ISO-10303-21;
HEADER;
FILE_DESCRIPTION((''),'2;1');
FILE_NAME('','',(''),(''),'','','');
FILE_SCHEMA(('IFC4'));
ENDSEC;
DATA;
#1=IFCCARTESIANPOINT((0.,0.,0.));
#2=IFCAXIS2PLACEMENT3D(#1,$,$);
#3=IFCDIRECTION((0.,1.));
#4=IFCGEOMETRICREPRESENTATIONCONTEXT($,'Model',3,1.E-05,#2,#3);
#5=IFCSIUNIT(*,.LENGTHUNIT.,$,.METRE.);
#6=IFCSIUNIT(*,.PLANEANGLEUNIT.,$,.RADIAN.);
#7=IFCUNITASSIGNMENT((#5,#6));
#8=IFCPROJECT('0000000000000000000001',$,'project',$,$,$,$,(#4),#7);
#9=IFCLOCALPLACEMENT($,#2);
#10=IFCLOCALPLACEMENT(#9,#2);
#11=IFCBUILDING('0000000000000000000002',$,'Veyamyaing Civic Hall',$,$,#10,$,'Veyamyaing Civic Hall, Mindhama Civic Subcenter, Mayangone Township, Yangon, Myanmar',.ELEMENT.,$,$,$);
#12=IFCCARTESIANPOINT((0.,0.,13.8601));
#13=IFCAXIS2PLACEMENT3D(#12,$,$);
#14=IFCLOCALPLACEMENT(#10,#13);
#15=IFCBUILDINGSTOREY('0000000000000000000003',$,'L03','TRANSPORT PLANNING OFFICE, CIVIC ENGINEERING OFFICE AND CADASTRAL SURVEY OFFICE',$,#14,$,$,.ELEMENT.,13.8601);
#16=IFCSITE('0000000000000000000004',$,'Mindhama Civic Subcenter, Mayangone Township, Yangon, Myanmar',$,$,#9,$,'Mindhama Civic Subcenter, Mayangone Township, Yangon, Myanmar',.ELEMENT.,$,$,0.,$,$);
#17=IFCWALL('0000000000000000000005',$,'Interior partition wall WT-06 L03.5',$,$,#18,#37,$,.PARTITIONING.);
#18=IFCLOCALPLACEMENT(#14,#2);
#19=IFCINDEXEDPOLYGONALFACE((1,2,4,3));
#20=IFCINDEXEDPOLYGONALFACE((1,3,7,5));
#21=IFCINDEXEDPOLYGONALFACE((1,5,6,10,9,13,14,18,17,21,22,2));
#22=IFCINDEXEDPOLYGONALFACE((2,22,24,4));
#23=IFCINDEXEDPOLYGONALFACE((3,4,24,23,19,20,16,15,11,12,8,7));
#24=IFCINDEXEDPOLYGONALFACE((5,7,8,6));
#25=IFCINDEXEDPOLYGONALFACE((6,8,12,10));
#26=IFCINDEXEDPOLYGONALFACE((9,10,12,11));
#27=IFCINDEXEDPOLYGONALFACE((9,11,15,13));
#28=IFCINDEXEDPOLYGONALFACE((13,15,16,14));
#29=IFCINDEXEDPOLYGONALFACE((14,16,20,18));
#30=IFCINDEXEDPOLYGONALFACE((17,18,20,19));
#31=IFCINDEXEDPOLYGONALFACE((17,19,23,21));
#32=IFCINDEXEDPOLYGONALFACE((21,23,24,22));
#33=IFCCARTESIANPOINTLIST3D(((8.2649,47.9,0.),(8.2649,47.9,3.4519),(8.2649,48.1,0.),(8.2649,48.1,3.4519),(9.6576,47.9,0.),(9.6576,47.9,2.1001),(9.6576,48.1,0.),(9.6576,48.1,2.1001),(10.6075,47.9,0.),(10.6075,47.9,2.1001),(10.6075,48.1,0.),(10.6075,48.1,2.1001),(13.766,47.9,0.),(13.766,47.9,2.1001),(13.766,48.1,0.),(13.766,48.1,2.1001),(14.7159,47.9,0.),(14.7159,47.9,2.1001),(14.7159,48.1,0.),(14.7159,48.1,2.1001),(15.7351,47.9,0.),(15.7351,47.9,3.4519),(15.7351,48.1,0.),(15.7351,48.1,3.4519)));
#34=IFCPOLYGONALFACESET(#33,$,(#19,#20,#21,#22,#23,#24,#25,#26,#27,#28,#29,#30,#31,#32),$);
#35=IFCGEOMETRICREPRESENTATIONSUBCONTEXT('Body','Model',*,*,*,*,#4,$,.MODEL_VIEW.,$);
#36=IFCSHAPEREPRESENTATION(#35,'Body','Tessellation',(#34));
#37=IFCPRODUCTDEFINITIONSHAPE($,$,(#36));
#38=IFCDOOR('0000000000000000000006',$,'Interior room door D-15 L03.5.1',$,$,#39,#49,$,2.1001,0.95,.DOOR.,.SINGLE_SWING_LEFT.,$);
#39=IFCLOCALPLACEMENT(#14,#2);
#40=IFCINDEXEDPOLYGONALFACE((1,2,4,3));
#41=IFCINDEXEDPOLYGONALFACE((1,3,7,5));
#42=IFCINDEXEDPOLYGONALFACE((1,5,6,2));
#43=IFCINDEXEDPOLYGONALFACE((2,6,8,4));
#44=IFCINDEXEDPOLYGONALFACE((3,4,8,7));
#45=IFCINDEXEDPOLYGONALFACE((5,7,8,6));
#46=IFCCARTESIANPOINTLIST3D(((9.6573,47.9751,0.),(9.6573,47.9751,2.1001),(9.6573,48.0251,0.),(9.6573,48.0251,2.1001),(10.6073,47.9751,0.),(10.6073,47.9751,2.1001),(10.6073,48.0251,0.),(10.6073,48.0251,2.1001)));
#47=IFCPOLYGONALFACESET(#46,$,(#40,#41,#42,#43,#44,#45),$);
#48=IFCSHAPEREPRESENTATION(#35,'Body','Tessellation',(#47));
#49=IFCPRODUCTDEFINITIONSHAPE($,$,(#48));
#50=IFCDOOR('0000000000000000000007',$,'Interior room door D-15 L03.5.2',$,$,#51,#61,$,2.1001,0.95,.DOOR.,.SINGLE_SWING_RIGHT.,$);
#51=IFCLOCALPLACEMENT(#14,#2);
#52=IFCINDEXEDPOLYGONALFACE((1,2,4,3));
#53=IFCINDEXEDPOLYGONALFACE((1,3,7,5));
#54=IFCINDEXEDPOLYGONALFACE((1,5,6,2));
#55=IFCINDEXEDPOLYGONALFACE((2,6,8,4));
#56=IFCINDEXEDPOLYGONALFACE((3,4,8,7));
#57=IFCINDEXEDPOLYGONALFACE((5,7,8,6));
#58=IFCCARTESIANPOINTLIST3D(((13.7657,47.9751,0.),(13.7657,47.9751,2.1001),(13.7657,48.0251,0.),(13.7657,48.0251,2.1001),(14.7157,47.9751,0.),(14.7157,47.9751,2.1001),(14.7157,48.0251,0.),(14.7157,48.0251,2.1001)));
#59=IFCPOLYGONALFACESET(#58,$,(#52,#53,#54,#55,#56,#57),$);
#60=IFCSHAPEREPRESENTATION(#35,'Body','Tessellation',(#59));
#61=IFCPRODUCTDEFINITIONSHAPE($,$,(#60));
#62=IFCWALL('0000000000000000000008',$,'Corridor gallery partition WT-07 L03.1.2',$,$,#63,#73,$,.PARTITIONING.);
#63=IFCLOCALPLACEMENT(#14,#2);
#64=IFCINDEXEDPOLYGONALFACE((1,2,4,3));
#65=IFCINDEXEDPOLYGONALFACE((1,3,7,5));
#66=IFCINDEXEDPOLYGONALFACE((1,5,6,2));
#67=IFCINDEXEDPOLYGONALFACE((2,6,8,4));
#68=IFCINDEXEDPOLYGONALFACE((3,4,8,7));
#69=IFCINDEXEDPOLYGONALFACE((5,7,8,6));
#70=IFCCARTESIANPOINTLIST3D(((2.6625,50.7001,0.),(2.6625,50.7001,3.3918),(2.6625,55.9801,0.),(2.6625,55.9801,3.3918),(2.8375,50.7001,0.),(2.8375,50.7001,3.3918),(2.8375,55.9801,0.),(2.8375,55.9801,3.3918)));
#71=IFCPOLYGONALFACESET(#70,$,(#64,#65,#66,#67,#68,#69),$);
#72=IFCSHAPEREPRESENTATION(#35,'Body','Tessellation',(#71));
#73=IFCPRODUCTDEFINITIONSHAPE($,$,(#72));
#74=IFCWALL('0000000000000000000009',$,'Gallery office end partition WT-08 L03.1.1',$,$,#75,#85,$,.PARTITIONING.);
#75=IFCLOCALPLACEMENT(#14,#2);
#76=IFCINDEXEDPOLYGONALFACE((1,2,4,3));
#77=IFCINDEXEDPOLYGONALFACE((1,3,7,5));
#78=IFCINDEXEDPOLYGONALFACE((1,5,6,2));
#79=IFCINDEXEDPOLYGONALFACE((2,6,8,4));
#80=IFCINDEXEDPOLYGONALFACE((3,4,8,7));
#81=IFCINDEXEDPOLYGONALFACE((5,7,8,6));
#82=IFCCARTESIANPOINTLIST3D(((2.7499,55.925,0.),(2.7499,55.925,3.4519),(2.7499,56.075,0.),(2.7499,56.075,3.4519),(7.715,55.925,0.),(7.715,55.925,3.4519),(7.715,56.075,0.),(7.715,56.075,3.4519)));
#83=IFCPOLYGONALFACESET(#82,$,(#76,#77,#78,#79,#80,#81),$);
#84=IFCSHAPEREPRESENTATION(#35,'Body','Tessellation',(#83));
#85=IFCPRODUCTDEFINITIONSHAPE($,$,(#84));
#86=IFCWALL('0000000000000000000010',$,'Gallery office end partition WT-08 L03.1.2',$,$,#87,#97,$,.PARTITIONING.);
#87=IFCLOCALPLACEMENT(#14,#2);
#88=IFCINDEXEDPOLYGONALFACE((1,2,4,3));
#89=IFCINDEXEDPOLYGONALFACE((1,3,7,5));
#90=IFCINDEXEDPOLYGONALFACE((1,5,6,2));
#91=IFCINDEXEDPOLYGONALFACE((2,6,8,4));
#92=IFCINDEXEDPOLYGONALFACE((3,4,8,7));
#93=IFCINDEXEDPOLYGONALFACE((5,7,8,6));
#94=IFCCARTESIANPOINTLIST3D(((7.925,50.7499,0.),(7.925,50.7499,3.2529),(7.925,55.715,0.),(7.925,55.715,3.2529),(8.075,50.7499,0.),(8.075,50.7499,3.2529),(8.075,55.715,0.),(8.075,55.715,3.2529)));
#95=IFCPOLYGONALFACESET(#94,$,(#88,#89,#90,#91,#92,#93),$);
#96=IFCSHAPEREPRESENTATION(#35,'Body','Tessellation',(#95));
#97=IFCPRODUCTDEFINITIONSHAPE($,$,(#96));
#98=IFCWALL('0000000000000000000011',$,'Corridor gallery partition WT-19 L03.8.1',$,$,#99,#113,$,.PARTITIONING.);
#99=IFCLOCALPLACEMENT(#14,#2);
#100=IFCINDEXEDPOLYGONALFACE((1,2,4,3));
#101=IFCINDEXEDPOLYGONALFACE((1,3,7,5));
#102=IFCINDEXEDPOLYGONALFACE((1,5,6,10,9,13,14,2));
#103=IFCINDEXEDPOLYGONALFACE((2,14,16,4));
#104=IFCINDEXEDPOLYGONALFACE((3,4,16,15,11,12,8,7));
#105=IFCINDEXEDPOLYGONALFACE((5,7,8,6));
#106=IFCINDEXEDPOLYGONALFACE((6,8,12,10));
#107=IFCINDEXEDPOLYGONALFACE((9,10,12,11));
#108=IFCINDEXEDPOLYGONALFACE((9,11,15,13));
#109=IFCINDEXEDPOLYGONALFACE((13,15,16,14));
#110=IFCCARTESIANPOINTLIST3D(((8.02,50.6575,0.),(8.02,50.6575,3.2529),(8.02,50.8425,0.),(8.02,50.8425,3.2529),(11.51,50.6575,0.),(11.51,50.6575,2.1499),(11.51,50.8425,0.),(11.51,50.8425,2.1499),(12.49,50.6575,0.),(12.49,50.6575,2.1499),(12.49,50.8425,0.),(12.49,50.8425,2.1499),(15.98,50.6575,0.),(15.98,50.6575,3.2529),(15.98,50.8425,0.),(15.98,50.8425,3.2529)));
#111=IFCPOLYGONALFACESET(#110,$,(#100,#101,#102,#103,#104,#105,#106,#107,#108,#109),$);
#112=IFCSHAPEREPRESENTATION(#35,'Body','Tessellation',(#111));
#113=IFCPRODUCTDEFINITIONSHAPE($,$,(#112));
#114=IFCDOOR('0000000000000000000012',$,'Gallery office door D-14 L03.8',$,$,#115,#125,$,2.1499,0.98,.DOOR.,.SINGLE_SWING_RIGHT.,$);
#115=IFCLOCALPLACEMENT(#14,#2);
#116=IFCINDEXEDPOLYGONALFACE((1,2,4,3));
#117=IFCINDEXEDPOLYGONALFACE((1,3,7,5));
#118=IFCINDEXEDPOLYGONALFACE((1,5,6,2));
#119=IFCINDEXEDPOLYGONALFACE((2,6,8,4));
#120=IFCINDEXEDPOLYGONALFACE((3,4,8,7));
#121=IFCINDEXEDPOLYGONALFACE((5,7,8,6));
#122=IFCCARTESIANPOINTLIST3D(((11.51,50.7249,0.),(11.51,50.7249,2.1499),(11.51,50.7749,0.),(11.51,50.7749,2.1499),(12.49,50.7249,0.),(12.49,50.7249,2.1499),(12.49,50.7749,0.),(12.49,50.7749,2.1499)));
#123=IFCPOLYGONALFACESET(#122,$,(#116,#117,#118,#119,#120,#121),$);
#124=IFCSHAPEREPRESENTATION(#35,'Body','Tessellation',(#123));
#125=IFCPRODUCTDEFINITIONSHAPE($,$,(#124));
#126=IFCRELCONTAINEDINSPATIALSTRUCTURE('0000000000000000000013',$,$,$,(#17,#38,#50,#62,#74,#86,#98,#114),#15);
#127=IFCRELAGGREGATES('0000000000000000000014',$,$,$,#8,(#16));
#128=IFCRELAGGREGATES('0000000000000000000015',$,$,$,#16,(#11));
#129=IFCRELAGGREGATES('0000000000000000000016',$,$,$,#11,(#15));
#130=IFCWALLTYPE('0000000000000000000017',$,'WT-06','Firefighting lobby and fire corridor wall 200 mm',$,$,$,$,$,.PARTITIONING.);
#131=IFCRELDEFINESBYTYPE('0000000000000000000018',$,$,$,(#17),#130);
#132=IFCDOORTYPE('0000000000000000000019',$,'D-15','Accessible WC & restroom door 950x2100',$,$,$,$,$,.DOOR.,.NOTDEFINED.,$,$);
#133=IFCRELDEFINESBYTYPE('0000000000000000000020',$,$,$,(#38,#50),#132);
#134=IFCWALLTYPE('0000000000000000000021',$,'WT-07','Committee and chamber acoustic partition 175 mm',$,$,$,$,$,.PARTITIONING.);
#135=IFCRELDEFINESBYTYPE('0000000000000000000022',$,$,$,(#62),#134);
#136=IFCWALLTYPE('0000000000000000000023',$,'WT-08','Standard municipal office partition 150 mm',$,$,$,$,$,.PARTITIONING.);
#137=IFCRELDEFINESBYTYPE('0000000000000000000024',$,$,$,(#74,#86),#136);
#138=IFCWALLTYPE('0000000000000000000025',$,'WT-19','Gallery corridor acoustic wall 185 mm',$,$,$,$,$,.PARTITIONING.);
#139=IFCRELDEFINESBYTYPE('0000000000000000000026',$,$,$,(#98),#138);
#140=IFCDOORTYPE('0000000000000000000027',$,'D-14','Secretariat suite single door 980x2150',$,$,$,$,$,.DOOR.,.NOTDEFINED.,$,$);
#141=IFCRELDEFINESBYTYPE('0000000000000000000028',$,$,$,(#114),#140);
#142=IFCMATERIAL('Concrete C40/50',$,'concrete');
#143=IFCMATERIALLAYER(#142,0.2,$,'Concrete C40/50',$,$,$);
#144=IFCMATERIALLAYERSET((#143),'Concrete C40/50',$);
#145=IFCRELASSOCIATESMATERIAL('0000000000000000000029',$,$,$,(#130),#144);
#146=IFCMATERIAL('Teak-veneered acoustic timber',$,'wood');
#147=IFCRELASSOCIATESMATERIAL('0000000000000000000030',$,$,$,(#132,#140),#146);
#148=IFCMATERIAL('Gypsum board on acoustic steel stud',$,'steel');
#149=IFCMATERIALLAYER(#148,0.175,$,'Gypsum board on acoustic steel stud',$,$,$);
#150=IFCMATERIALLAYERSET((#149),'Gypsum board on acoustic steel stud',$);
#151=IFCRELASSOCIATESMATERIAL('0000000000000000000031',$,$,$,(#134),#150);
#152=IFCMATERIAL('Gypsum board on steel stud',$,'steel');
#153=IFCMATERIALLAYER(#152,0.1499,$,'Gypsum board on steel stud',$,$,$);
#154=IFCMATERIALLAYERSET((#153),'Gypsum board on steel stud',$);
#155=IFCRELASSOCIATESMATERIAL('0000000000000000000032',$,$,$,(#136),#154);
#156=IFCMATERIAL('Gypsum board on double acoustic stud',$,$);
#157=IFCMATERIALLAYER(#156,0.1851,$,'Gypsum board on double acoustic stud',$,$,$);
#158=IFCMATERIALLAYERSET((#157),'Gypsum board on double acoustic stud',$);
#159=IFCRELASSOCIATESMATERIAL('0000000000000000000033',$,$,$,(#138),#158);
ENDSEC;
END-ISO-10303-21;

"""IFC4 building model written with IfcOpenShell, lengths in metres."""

from ifc_helpers import new_model, si_unit, direction, frame, frame_2d, origin, place, context, subcontext, project, spatial, rectangle, extrude, material, layer, layer_set, type_object, element, fill, save


model = new_model("IFC4")

# Units and contexts
model_context = context("Model", 3, precision=1e-05, world=origin(), true_north=direction((0.0, 1.0)))
body_context = subcontext(model_context, "Body", "Model", "MODEL_VIEW")
ifc_project = project(units=[si_unit("LENGTHUNIT", "METRE"), si_unit("PLANEANGLEUNIT", "RADIAN")], contexts=[model_context])

# Site, building, storey
site_placement = place(None, origin())
site = spatial("IfcSite", under=ifc_project, at=site_placement, Name="Mindhama Civic Subcenter, Mayangone Township, Yangon, Myanmar", LongName="Mindhama Civic Subcenter, Mayangone Township, Yangon, Myanmar", CompositionType="ELEMENT", RefElevation=0.0)
building_placement = place(site_placement, origin())
building = spatial("IfcBuilding", under=site, at=building_placement, Name="Veyamyaing Civic Hall", LongName="Veyamyaing Civic Hall, Mindhama Civic Subcenter, Mayangone Township, Yangon, Myanmar", CompositionType="ELEMENT")
storey_placement = place(building_placement, frame((0.0, 0.0, 13.8601)))
storey = spatial("IfcBuildingStorey", under=building, at=storey_placement, Name="L03", Description="TRANSPORT PLANNING OFFICE, CIVIC ENGINEERING OFFICE AND CADASTRAL SURVEY OFFICE", CompositionType="ELEMENT", Elevation=13.8601)

# Wall, openings, doors
ifc_material_1 = material(Name="Concrete C40/50", Category="concrete")
ifc_layer_1 = layer(ifc_material_1, 0.2, Name="Concrete C40/50")
ifc_layer_set_1 = layer_set([ifc_layer_1], Name="Concrete C40/50")
wall_type_1 = type_object("IfcWallType", Name="WT-06", Description="Firefighting lobby and fire corridor wall 200 mm", PredefinedType="PARTITIONING", material=ifc_layer_set_1)
wall_1_placement = place(storey_placement, frame((8.2649, 48.0, 0.0), z_axis=(0.0, 0.0, 1.0), x_axis=(1.0, 0.0, 0.0)))
wall_1 = element("IfcWall", 1, at=wall_1_placement, inside=storey, type_object=wall_type_1, Name="Interior partition wall WT-06 L03.5", PredefinedType="PARTITIONING", context=body_context, shape_type="SweptSolid", body=[
    extrude(rectangle(XDim=7.4702, YDim=0.2, at=frame_2d((3.7351, 0.0))), origin(), (0.0, 0.0, 1.0), 3.4519),
])
opening_1_placement = place(wall_1_placement, frame((1.3926, 0.0, 0.0)))
opening_1 = element("IfcOpeningElement", 2, at=opening_1_placement, cuts=wall_1, PredefinedType="OPENING", context=body_context, shape_type="SweptSolid", body=[
    extrude(rectangle(XDim=0.95, YDim=2.1001, at=frame_2d((0.4751, 1.05))), frame((0.0, 0.1099, 0.0), z_axis=(0.0, -1.0, 0.0), x_axis=(1.0, 0.0, 0.0)), (0.0, 0.0, 1.0), 0.22),
])
opening_2_placement = place(wall_1_placement, frame((5.501, 0.0, 0.0)))
opening_2 = element("IfcOpeningElement", 3, at=opening_2_placement, cuts=wall_1, PredefinedType="OPENING", context=body_context, shape_type="SweptSolid", body=[
    extrude(rectangle(XDim=0.95, YDim=2.1001, at=frame_2d((0.4751, 1.05))), frame((0.0, 0.1099, 0.0), z_axis=(0.0, -1.0, 0.0), x_axis=(1.0, 0.0, 0.0)), (0.0, 0.0, 1.0), 0.22),
])
ifc_material_2 = material(Name="Teak-veneered acoustic timber", Category="wood")
door_type_1 = type_object("IfcDoorType", Name="D-15", Description="Accessible WC & restroom door 950x2100", OperationType="NOTDEFINED", PredefinedType="DOOR", material=ifc_material_2)
door_1_placement = place(opening_1_placement, frame((0.95, 0.0, 0.0), z_axis=(0.0, 0.0, 1.0), x_axis=(-1.0, 0.0, 0.0)))
door_1 = element("IfcDoor", 4, at=door_1_placement, inside=storey, type_object=door_type_1, Name="Interior room door D-15 L03.5.1", OperationType="SINGLE_SWING_LEFT", OverallHeight=2.1001, OverallWidth=0.95, PredefinedType="DOOR", context=body_context, shape_type="SweptSolid", body=[
    extrude(rectangle(XDim=0.95, YDim=2.1001, at=frame_2d((0.4751, 1.05))), frame((0.0, 0.0249, 0.0), z_axis=(0.0, -1.0, 0.0), x_axis=(1.0, 0.0, 0.0)), (0.0, 0.0, 1.0), 0.05),
])
fill(opening_1, door_1)
door_2_placement = place(opening_2_placement, frame((0.95, 0.0, 0.0), z_axis=(0.0, 0.0, 1.0), x_axis=(-1.0, 0.0, 0.0)))
door_2 = element("IfcDoor", 5, at=door_2_placement, inside=storey, type_object=door_type_1, Name="Interior room door D-15 L03.5.2", OperationType="SINGLE_SWING_RIGHT", OverallHeight=2.1001, OverallWidth=0.95, PredefinedType="DOOR", context=body_context, shape_type="SweptSolid", body=[
    extrude(rectangle(XDim=0.95, YDim=2.1001, at=frame_2d((0.4751, 1.05))), frame((0.0, 0.0249, 0.0), z_axis=(0.0, -1.0, 0.0), x_axis=(1.0, 0.0, 0.0)), (0.0, 0.0, 1.0), 0.05),
])
fill(opening_2, door_2)

# Walls
ifc_material_3 = material(Name="Gypsum board on acoustic steel stud", Category="steel")
ifc_layer_2 = layer(ifc_material_3, 0.175, Name="Gypsum board on acoustic steel stud")
ifc_layer_set_2 = layer_set([ifc_layer_2], Name="Gypsum board on acoustic steel stud")
wall_type_2 = type_object("IfcWallType", Name="WT-07", Description="Committee and chamber acoustic partition 175 mm", PredefinedType="PARTITIONING", material=ifc_layer_set_2)
wall_2_placement = place(storey_placement, frame((2.75, 50.7, 0.0), z_axis=(0.0, 0.0, 1.0), x_axis=(0.0, 1.0, 0.0)))
element("IfcWall", 6, at=wall_2_placement, inside=storey, type_object=wall_type_2, Name="Corridor gallery partition WT-07 L03.1.2", PredefinedType="PARTITIONING", context=body_context, shape_type="SweptSolid", body=[
    extrude(rectangle(XDim=5.28, YDim=0.175, at=frame_2d((2.6401, 0.0))), origin(), (0.0, 0.0, 1.0), 3.3918),
])
ifc_material_4 = material(Name="Gypsum board on steel stud", Category="steel")
ifc_layer_3 = layer(ifc_material_4, 0.1499, Name="Gypsum board on steel stud")
ifc_layer_set_3 = layer_set([ifc_layer_3], Name="Gypsum board on steel stud")
wall_type_3 = type_object("IfcWallType", Name="WT-08", Description="Standard municipal office partition 150 mm", PredefinedType="PARTITIONING", material=ifc_layer_set_3)
wall_3_placement = place(storey_placement, frame((2.75, 56.0, 0.0), z_axis=(0.0, 0.0, 1.0), x_axis=(1.0, 0.0, 0.0)))
element("IfcWall", 7, at=wall_3_placement, inside=storey, type_object=wall_type_3, Name="Gallery office end partition WT-08 L03.1.1", PredefinedType="PARTITIONING", context=body_context, shape_type="SweptSolid", body=[
    extrude(rectangle(XDim=4.9651, YDim=0.1499, at=frame_2d((2.4824, 0.0))), origin(), (0.0, 0.0, 1.0), 3.4519),
])
wall_4_placement = place(storey_placement, frame((8.0, 50.75, 0.0), z_axis=(0.0, 0.0, 1.0), x_axis=(0.0, 1.0, 0.0)))
element("IfcWall", 8, at=wall_4_placement, inside=storey, type_object=wall_type_3, Name="Gallery office end partition WT-08 L03.1.2", PredefinedType="PARTITIONING", context=body_context, shape_type="SweptSolid", body=[
    extrude(rectangle(XDim=4.9651, YDim=0.1499, at=frame_2d((2.4824, 0.0))), origin(), (0.0, 0.0, 1.0), 3.2529),
])

# Wall, opening, door
ifc_material_5 = material(Name="Gypsum board on double acoustic stud")
ifc_layer_4 = layer(ifc_material_5, 0.1851, Name="Gypsum board on double acoustic stud")
ifc_layer_set_4 = layer_set([ifc_layer_4], Name="Gypsum board on double acoustic stud")
wall_type_4 = type_object("IfcWallType", Name="WT-19", Description="Gallery corridor acoustic wall 185 mm", PredefinedType="PARTITIONING", material=ifc_layer_set_4)
wall_5_placement = place(storey_placement, frame((8.02, 50.75, 0.0), z_axis=(0.0, 0.0, 1.0), x_axis=(1.0, 0.0, 0.0)))
wall_5 = element("IfcWall", 9, at=wall_5_placement, inside=storey, type_object=wall_type_4, Name="Corridor gallery partition WT-19 L03.8.1", PredefinedType="PARTITIONING", context=body_context, shape_type="SweptSolid", body=[
    extrude(rectangle(XDim=7.96, YDim=0.1851, at=frame_2d((3.98, 0.0))), origin(), (0.0, 0.0, 1.0), 3.2529),
])
opening_3_placement = place(wall_5_placement, frame((3.49, 0.0, 0.0)))
opening_3 = element("IfcOpeningElement", 10, at=opening_3_placement, cuts=wall_5, PredefinedType="OPENING", context=body_context, shape_type="SweptSolid", body=[
    extrude(rectangle(XDim=0.98, YDim=2.1499, at=frame_2d((0.49, 1.075))), frame((0.0, 0.1025, 0.0), z_axis=(0.0, -1.0, 0.0), x_axis=(1.0, 0.0, 0.0)), (0.0, 0.0, 1.0), 0.2051),
])
door_type_2 = type_object("IfcDoorType", Name="D-14", Description="Secretariat suite single door 980x2150", OperationType="NOTDEFINED", PredefinedType="DOOR", material=ifc_material_2)
door_3_placement = place(opening_3_placement, origin())
door_3 = element("IfcDoor", 11, at=door_3_placement, inside=storey, type_object=door_type_2, Name="Gallery office door D-14 L03.8", OperationType="SINGLE_SWING_RIGHT", OverallHeight=2.1499, OverallWidth=0.98, PredefinedType="DOOR", context=body_context, shape_type="SweptSolid", body=[
    extrude(rectangle(XDim=0.98, YDim=2.1499, at=frame_2d((0.49, 1.075))), frame((0.0, 0.0249, 0.0), z_axis=(0.0, -1.0, 0.0), x_axis=(1.0, 0.0, 0.0)), (0.0, 0.0, 1.0), 0.05),
])
fill(opening_3, door_3)

save(model, "model.ifc")
